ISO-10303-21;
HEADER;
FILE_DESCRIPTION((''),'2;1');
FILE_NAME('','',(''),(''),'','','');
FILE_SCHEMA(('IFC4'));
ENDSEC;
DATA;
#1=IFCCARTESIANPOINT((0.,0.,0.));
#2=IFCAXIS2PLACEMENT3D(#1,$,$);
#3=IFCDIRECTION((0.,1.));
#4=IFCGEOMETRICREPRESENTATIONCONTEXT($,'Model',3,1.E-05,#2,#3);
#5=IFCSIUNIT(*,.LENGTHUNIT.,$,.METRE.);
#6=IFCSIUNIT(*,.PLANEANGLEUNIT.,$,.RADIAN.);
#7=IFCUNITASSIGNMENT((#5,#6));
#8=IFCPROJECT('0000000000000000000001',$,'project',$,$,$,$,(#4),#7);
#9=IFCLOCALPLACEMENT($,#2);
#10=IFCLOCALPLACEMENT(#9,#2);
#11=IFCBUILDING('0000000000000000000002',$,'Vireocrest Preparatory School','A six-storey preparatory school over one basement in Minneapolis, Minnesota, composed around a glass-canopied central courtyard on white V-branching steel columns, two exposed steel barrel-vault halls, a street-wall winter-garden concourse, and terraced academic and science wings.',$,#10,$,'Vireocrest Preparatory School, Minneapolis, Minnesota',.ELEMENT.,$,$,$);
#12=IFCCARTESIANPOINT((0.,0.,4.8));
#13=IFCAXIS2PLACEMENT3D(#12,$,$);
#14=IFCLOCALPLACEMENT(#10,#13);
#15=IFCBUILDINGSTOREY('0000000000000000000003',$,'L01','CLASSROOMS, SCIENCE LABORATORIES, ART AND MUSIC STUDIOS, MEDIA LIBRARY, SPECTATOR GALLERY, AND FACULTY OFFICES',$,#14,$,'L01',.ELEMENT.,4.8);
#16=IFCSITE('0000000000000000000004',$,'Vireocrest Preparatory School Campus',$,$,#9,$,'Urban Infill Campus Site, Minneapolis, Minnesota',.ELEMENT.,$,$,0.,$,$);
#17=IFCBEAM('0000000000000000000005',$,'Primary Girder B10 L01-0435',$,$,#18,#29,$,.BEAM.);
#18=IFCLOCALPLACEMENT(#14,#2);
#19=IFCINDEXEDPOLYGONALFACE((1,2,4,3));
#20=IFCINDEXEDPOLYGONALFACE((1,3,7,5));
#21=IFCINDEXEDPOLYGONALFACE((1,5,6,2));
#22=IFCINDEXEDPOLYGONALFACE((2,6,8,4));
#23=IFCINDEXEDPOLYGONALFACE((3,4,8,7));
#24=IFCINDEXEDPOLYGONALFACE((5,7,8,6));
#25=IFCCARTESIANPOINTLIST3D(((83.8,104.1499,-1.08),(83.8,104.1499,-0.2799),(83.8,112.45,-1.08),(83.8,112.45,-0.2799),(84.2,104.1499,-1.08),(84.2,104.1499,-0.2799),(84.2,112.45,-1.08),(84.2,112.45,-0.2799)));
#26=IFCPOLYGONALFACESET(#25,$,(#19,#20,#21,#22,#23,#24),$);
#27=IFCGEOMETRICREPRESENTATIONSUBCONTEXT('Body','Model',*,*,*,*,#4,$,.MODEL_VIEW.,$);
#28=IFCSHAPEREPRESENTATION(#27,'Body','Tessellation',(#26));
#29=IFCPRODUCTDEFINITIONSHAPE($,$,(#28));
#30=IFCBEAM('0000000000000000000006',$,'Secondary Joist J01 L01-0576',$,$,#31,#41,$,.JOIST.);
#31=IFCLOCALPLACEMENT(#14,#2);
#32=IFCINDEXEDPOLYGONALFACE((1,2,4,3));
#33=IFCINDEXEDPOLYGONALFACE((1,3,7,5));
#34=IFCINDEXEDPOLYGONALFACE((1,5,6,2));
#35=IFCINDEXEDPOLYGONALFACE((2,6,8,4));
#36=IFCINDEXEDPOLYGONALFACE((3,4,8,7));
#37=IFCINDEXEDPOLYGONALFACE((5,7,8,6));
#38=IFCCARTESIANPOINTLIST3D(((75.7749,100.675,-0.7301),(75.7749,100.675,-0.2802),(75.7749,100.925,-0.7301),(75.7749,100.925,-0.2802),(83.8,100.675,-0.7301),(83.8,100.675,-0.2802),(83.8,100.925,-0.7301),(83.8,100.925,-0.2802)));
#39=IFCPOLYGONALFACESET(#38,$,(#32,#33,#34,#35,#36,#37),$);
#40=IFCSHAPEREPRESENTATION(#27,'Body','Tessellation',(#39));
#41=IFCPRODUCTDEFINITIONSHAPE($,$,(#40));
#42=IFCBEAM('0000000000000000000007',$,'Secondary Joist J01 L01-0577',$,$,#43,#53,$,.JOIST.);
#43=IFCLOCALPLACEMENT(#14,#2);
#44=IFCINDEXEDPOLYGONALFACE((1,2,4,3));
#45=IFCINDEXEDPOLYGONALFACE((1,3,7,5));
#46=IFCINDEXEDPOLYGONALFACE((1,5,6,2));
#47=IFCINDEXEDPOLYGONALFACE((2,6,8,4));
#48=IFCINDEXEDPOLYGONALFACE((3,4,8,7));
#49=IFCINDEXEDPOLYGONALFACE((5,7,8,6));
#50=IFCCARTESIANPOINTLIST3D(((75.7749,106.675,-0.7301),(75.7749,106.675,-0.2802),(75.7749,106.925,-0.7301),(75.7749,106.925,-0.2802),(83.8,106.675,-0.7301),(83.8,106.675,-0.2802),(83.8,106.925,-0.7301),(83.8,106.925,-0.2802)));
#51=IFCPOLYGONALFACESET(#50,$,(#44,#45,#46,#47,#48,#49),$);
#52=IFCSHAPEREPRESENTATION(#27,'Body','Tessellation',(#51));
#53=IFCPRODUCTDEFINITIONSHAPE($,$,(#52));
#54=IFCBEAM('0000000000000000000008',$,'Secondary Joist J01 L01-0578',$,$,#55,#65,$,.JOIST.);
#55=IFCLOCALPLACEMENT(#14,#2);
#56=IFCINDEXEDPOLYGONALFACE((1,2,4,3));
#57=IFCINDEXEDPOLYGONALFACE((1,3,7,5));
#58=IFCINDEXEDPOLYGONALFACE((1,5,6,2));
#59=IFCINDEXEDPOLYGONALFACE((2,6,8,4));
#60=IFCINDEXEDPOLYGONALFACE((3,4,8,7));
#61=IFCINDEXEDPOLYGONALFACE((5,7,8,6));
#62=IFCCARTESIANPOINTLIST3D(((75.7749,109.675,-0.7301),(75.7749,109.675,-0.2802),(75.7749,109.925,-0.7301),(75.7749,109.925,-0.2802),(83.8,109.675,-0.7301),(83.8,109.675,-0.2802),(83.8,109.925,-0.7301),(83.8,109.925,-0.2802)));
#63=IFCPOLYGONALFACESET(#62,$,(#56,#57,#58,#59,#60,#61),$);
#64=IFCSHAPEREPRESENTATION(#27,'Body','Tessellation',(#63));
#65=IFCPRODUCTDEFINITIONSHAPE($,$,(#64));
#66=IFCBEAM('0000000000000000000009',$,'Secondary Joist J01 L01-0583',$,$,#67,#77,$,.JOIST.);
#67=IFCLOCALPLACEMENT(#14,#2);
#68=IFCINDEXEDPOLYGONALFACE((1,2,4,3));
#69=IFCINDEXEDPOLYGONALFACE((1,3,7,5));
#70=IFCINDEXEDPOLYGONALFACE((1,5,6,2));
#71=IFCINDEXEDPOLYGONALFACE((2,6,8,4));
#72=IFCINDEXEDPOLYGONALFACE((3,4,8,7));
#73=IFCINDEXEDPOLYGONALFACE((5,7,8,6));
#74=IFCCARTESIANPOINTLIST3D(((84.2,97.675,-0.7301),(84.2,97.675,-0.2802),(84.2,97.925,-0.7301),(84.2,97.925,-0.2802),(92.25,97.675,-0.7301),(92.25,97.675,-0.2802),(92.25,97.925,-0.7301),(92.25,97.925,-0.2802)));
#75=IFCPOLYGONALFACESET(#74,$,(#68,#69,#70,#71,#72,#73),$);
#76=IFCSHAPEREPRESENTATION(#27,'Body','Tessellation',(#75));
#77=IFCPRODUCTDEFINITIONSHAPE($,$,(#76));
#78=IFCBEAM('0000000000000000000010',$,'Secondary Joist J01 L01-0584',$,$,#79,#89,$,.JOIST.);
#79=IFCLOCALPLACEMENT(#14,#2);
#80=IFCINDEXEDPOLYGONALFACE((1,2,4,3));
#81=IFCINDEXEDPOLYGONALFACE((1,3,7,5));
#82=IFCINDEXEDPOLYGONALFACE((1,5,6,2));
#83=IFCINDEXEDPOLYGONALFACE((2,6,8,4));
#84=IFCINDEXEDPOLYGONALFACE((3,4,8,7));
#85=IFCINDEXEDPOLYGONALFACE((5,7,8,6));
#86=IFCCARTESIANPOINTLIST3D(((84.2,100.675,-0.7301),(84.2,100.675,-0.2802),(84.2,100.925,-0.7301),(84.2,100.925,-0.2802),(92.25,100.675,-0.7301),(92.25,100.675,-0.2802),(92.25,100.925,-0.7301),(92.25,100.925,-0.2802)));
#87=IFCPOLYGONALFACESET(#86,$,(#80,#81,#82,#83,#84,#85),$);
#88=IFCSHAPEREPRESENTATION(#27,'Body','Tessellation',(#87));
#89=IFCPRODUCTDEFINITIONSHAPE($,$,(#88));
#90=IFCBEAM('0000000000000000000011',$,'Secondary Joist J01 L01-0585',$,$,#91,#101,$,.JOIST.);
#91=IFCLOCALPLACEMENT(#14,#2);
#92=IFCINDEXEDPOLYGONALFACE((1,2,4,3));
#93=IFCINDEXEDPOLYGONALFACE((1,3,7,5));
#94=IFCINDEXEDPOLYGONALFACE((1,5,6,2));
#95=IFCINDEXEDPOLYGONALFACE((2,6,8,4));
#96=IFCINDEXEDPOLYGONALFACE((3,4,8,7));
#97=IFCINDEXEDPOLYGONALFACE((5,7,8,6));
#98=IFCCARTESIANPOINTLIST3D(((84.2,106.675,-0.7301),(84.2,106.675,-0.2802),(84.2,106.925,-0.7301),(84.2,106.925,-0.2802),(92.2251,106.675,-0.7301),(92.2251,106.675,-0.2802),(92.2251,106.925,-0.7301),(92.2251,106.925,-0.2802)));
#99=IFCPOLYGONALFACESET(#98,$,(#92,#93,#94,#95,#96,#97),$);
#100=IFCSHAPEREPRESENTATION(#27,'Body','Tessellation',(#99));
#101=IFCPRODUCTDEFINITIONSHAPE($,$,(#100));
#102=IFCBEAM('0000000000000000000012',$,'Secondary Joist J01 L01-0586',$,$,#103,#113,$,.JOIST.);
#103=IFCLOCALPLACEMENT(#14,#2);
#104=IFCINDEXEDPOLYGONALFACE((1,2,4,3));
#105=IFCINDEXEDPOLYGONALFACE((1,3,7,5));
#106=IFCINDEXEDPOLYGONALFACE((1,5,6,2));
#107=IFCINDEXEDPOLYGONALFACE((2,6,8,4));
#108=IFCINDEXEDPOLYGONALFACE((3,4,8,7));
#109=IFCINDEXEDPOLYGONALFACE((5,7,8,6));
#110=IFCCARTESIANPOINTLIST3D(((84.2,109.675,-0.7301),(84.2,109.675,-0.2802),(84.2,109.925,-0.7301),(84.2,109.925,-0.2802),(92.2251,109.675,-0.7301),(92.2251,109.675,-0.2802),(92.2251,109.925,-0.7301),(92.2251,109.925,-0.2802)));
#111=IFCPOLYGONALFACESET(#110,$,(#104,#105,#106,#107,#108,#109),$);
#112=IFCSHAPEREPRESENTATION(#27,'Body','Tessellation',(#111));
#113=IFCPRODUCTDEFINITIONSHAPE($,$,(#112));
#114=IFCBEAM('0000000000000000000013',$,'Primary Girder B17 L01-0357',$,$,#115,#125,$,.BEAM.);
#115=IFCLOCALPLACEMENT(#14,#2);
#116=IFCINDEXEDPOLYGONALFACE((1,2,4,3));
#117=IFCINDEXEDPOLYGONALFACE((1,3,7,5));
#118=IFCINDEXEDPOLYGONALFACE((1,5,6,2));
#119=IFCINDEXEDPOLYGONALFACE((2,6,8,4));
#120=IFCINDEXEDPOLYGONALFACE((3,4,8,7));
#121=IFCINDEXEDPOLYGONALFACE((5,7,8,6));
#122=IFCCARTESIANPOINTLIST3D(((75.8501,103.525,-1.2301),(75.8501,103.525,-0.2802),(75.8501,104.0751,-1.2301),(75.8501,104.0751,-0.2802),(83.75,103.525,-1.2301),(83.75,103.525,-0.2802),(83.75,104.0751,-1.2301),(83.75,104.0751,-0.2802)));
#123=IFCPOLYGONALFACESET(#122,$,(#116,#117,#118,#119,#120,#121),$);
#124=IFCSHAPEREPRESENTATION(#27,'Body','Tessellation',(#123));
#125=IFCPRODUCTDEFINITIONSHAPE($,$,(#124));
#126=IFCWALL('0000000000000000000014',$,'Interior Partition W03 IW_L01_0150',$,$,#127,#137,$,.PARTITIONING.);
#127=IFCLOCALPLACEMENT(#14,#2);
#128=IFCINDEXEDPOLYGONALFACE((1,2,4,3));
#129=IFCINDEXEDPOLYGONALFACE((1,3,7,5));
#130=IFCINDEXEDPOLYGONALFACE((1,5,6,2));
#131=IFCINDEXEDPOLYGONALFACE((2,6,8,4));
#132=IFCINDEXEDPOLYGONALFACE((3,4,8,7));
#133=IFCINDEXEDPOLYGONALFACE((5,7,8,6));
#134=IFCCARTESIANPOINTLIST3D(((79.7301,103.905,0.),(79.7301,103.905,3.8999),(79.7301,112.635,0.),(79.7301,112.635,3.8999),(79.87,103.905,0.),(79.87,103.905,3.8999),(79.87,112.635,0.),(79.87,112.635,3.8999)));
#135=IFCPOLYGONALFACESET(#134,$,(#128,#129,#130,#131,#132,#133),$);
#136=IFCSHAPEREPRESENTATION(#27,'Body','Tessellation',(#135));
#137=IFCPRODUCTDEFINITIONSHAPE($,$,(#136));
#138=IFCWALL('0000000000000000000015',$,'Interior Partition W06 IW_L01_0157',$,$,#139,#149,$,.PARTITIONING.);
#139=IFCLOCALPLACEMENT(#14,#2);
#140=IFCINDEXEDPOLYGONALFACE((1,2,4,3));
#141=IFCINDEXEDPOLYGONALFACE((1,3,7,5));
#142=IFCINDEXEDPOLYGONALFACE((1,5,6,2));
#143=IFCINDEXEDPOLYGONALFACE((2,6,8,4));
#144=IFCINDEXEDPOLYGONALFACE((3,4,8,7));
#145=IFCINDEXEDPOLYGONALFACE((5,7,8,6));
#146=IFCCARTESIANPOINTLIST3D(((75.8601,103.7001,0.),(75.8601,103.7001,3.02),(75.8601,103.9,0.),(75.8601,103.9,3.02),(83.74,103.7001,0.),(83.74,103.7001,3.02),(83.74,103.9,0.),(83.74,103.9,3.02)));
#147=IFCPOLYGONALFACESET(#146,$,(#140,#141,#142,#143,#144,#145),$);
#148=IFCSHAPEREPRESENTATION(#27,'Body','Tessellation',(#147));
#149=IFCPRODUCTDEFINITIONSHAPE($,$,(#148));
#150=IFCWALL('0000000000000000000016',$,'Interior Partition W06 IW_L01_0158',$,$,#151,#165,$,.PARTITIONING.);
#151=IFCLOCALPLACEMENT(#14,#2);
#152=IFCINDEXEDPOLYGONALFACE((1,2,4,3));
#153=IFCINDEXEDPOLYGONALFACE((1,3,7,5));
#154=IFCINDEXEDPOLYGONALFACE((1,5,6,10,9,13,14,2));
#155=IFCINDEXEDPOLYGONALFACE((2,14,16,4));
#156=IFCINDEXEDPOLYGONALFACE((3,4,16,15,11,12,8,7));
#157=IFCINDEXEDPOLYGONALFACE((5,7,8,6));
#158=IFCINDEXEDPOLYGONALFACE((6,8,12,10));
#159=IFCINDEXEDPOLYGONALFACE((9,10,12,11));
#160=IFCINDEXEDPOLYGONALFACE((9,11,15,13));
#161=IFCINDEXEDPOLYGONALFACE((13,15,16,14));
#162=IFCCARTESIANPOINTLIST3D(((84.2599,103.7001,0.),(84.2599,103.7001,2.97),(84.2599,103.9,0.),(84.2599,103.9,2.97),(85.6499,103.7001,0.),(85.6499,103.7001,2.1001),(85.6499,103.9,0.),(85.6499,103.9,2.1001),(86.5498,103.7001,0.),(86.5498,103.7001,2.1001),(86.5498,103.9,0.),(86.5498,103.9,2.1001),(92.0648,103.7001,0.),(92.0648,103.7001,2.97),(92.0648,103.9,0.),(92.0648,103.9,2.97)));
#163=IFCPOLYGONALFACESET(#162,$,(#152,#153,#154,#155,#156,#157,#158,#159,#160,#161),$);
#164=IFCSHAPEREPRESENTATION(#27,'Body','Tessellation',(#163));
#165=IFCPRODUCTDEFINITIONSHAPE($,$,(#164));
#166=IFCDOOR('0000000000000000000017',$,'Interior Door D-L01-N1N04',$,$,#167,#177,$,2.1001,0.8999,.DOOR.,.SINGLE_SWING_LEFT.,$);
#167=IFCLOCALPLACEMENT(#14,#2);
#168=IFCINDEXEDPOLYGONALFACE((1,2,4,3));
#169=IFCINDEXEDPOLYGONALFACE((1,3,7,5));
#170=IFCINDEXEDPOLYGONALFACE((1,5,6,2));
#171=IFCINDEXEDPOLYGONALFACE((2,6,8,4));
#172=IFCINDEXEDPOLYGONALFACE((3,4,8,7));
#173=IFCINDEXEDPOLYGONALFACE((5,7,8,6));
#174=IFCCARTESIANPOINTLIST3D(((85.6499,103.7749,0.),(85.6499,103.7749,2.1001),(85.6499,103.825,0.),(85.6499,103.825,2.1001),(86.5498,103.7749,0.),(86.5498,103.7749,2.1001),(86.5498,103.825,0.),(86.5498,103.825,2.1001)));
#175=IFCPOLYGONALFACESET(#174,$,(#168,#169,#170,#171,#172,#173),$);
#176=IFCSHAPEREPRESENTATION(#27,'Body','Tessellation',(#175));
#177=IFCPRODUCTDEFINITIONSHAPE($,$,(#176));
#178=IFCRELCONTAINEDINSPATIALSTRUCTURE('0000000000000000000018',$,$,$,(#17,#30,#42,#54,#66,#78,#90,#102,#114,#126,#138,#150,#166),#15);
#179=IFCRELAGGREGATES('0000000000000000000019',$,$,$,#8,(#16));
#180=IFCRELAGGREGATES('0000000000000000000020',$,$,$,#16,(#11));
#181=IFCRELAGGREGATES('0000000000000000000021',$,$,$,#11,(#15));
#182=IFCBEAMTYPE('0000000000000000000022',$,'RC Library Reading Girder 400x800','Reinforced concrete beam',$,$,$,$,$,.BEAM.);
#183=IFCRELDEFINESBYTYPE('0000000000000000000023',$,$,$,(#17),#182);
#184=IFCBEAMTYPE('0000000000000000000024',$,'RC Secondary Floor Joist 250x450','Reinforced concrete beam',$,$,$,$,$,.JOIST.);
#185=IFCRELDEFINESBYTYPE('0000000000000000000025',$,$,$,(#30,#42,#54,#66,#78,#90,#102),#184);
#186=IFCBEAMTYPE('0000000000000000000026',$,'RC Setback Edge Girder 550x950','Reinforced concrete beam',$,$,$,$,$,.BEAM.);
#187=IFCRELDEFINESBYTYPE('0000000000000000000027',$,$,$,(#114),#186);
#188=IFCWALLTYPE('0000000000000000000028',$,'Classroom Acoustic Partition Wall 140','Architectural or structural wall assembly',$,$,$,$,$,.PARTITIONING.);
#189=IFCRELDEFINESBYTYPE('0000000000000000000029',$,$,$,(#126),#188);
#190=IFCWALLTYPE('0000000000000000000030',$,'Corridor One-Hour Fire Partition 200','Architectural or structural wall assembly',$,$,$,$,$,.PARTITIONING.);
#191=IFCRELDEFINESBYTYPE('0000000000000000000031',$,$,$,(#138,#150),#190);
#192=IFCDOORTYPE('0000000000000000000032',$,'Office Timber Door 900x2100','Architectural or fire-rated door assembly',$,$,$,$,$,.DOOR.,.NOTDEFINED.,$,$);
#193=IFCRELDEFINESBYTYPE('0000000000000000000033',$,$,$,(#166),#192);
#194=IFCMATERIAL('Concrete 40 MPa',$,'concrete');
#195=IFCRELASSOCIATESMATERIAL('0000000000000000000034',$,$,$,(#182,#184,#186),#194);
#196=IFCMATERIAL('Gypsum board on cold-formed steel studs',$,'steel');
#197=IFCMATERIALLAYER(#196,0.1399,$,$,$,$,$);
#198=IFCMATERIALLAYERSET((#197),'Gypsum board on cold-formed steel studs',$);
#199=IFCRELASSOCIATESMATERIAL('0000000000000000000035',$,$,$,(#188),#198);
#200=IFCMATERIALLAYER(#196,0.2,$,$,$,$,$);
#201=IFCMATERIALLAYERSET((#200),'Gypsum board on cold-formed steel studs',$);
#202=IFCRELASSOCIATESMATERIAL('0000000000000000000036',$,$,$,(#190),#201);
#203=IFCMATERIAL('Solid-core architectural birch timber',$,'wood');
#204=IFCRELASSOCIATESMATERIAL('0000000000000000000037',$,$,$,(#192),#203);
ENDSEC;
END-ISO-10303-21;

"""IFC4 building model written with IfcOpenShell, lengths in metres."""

from ifc_helpers import new_model, si_unit, direction, frame, frame_2d, origin, origin_2d, place, context, subcontext, project, spatial, rectangle, extrude, material, layer, layer_set, material_profile, profile_set, type_object, element, fill, save


model = new_model("IFC4")

# Units and contexts
model_context = context("Model", 3, precision=1e-05, world=origin(), true_north=direction((0.0, 1.0)))
body_context = subcontext(model_context, "Body", "Model", "MODEL_VIEW")
ifc_project = project(units=[si_unit("LENGTHUNIT", "METRE"), si_unit("PLANEANGLEUNIT", "RADIAN")], contexts=[model_context])

# Site, building, storey
site_placement = place(None, origin())
site = spatial("IfcSite", under=ifc_project, at=site_placement, Name="Vireocrest Preparatory School Campus", LongName="Urban Infill Campus Site, Minneapolis, Minnesota", CompositionType="ELEMENT", RefElevation=0.0)
building_placement = place(site_placement, origin())
building = spatial("IfcBuilding", under=site, at=building_placement, Name="Vireocrest Preparatory School", Description="A six-storey preparatory school over one basement in Minneapolis, Minnesota, composed around a glass-canopied central courtyard on white V-branching steel columns, two exposed steel barrel-vault halls, a street-wall winter-garden concourse, and terraced academic and science wings.", LongName="Vireocrest Preparatory School, Minneapolis, Minnesota", CompositionType="ELEMENT")
storey_placement = place(building_placement, frame((0.0, 0.0, 4.8)))
storey = spatial("IfcBuildingStorey", under=building, at=storey_placement, Name="L01", Description="CLASSROOMS, SCIENCE LABORATORIES, ART AND MUSIC STUDIOS, MEDIA LIBRARY, SPECTATOR GALLERY, AND FACULTY OFFICES", LongName="L01", CompositionType="ELEMENT", Elevation=4.8)

# Beams
ifc_material_1 = material(Name="Concrete 40 MPa", Category="concrete")
ifc_material_profile_1 = material_profile(ifc_material_1, rectangle(XDim=0.3999, YDim=0.8, at=origin_2d()), Name="RC 400x800")
ifc_profile_set_1 = profile_set([ifc_material_profile_1], Name="Concrete 40 MPa")
beam_type_1 = type_object("IfcBeamType", Name="RC Library Reading Girder 400x800", Description="Reinforced concrete beam", PredefinedType="BEAM", material=ifc_profile_set_1)
beam_1_placement = place(storey_placement, frame((84.0, 104.1499, -0.6799), z_axis=(0.0, 1.0, 0.0), x_axis=(-1.0, 0.0, 0.0)))
element("IfcBeam", 1, at=beam_1_placement, inside=storey, type_object=beam_type_1, Name="Primary Girder B10 L01-0435", PredefinedType="BEAM", context=body_context, shape_type="SweptSolid", body=[
    extrude(rectangle(XDim=0.3999, YDim=0.8, at=origin_2d()), origin(), (0.0, 0.0, 1.0), 8.3),
])
ifc_material_profile_2 = material_profile(ifc_material_1, rectangle(XDim=0.25, YDim=0.45, at=origin_2d()), Name="RC 250x450")
ifc_profile_set_2 = profile_set([ifc_material_profile_2], Name="Concrete 40 MPa")
beam_type_2 = type_object("IfcBeamType", Name="RC Secondary Floor Joist 250x450", Description="Reinforced concrete beam", PredefinedType="JOIST", material=ifc_profile_set_2)
for number, where, z_axis, x_axis, name in (
    (2, (75.7749, 100.8, -0.5051), (1.0, 0.0, 0.0), (0.0, 1.0, 0.0), "Secondary Joist J01 L01-0576"),
    (3, (75.7749, 106.8, -0.5051), (1.0, 0.0, 0.0), (0.0, 1.0, 0.0), "Secondary Joist J01 L01-0577"),
    (4, (75.7749, 109.8, -0.5051), (1.0, 0.0, 0.0), (0.0, 1.0, 0.0), "Secondary Joist J01 L01-0578"),
):
    element("IfcBeam", number, at=place(storey_placement, frame(where, z_axis=z_axis, x_axis=x_axis)), inside=storey, type_object=beam_type_2, Name=name, PredefinedType="JOIST", context=body_context, shape_type="SweptSolid", body=[
        extrude(rectangle(XDim=0.25, YDim=0.45, at=origin_2d()), origin(), (0.0, 0.0, 1.0), 8.0251),
    ])
for number, where, z_axis, x_axis, name in (
    (5, (84.2, 97.8, -0.5051), (1.0, 0.0, 0.0), (0.0, 1.0, 0.0), "Secondary Joist J01 L01-0583"),
    (6, (84.2, 100.8, -0.5051), (1.0, 0.0, 0.0), (0.0, 1.0, 0.0), "Secondary Joist J01 L01-0584"),
):
    element("IfcBeam", number, at=place(storey_placement, frame(where, z_axis=z_axis, x_axis=x_axis)), inside=storey, type_object=beam_type_2, Name=name, PredefinedType="JOIST", context=body_context, shape_type="SweptSolid", body=[
        extrude(rectangle(XDim=0.25, YDim=0.45, at=origin_2d()), origin(), (0.0, 0.0, 1.0), 8.05),
    ])
for number, where, z_axis, x_axis, name in (
    (7, (84.2, 106.8, -0.5051), (1.0, 0.0, 0.0), (0.0, 1.0, 0.0), "Secondary Joist J01 L01-0585"),
    (8, (84.2, 109.8, -0.5051), (1.0, 0.0, 0.0), (0.0, 1.0, 0.0), "Secondary Joist J01 L01-0586"),
):
    element("IfcBeam", number, at=place(storey_placement, frame(where, z_axis=z_axis, x_axis=x_axis)), inside=storey, type_object=beam_type_2, Name=name, PredefinedType="JOIST", context=body_context, shape_type="SweptSolid", body=[
        extrude(rectangle(XDim=0.25, YDim=0.45, at=origin_2d()), origin(), (0.0, 0.0, 1.0), 8.0251),
    ])
ifc_material_profile_3 = material_profile(ifc_material_1, rectangle(XDim=0.55, YDim=0.95, at=origin_2d()), Name="RC 550x950")
ifc_profile_set_3 = profile_set([ifc_material_profile_3], Name="Concrete 40 MPa")
beam_type_3 = type_object("IfcBeamType", Name="RC Setback Edge Girder 550x950", Description="Reinforced concrete beam", PredefinedType="BEAM", material=ifc_profile_set_3)
beam_2_placement = place(storey_placement, frame((75.8501, 103.8, -0.7551), z_axis=(1.0, 0.0, 0.0), x_axis=(0.0, 1.0, 0.0)))
element("IfcBeam", 9, at=beam_2_placement, inside=storey, type_object=beam_type_3, Name="Primary Girder B17 L01-0357", PredefinedType="BEAM", context=body_context, shape_type="SweptSolid", body=[
    extrude(rectangle(XDim=0.55, YDim=0.95, at=origin_2d()), origin(), (0.0, 0.0, 1.0), 7.8999),
])

# Walls
ifc_material_2 = material(Name="Gypsum board on cold-formed steel studs", Category="steel")
ifc_layer_1 = layer(ifc_material_2, 0.1399)
ifc_layer_set_1 = layer_set([ifc_layer_1], Name="Gypsum board on cold-formed steel studs")
wall_type_1 = type_object("IfcWallType", Name="Classroom Acoustic Partition Wall 140", Description="Architectural or structural wall assembly", PredefinedType="PARTITIONING", material=ifc_layer_set_1)
wall_1_placement = place(storey_placement, frame((79.8, 103.905, 0.0), z_axis=(0.0, 0.0, 1.0), x_axis=(0.0, 1.0, 0.0)))
element("IfcWall", 10, at=wall_1_placement, inside=storey, type_object=wall_type_1, Name="Interior Partition W03 IW_L01_0150", PredefinedType="PARTITIONING", context=body_context, shape_type="SweptSolid", body=[
    extrude(rectangle(XDim=8.73, YDim=0.1399, at=frame_2d((4.365, 0.0))), origin(), (0.0, 0.0, 1.0), 3.8999),
])
ifc_layer_2 = layer(ifc_material_2, 0.2)
ifc_layer_set_2 = layer_set([ifc_layer_2], Name="Gypsum board on cold-formed steel studs")
wall_type_2 = type_object("IfcWallType", Name="Corridor One-Hour Fire Partition 200", Description="Architectural or structural wall assembly", PredefinedType="PARTITIONING", material=ifc_layer_set_2)
wall_2_placement = place(storey_placement, frame((75.8601, 103.8, 0.0), z_axis=(0.0, 0.0, 1.0), x_axis=(1.0, 0.0, 0.0)))
element("IfcWall", 11, at=wall_2_placement, inside=storey, type_object=wall_type_2, Name="Interior Partition W06 IW_L01_0157", PredefinedType="PARTITIONING", context=body_context, shape_type="SweptSolid", body=[
    extrude(rectangle(XDim=7.8799, YDim=0.2, at=frame_2d((3.9399, 0.0))), origin(), (0.0, 0.0, 1.0), 3.02),
])

# Wall, opening, door
wall_3_placement = place(storey_placement, frame((84.26, 103.8, 0.0), z_axis=(0.0, 0.0, 1.0), x_axis=(1.0, 0.0, 0.0)))
wall_3 = element("IfcWall", 12, at=wall_3_placement, inside=storey, type_object=wall_type_2, Name="Interior Partition W06 IW_L01_0158", PredefinedType="PARTITIONING", context=body_context, shape_type="SweptSolid", body=[
    extrude(rectangle(XDim=7.8049, YDim=0.2, at=frame_2d((3.9023, 0.0))), origin(), (0.0, 0.0, 1.0), 2.97),
])
opening_1_placement = place(wall_3_placement, frame((1.3899, 0.0, 0.0)))
opening_1 = element("IfcOpeningElement", 13, at=opening_1_placement, cuts=wall_3, PredefinedType="OPENING", context=body_context, shape_type="SweptSolid", body=[
    extrude(rectangle(XDim=0.8999, YDim=2.1001, at=frame_2d((0.45, 1.05))), frame((0.0, 0.1099, 0.0), z_axis=(0.0, -1.0, 0.0), x_axis=(1.0, 0.0, 0.0)), (0.0, 0.0, 1.0), 0.22),
])
ifc_material_3 = material(Name="Solid-core architectural birch timber", Category="wood")
door_type = type_object("IfcDoorType", Name="Office Timber Door 900x2100", Description="Architectural or fire-rated door assembly", OperationType="NOTDEFINED", PredefinedType="DOOR", material=ifc_material_3)
door_1_placement = place(opening_1_placement, origin())
door_1 = element("IfcDoor", 14, at=door_1_placement, inside=storey, type_object=door_type, Name="Interior Door D-L01-N1N04", OperationType="SINGLE_SWING_LEFT", OverallHeight=2.1001, OverallWidth=0.8999, PredefinedType="DOOR", context=body_context, shape_type="SweptSolid", body=[
    extrude(rectangle(XDim=0.8999, YDim=2.1001, at=frame_2d((0.45, 1.05))), frame((0.0, 0.0249, 0.0), z_axis=(0.0, -1.0, 0.0), x_axis=(1.0, 0.0, 0.0)), (0.0, 0.0, 1.0), 0.05),
])
fill(opening_1, door_1)

save(model, "model.ifc")
